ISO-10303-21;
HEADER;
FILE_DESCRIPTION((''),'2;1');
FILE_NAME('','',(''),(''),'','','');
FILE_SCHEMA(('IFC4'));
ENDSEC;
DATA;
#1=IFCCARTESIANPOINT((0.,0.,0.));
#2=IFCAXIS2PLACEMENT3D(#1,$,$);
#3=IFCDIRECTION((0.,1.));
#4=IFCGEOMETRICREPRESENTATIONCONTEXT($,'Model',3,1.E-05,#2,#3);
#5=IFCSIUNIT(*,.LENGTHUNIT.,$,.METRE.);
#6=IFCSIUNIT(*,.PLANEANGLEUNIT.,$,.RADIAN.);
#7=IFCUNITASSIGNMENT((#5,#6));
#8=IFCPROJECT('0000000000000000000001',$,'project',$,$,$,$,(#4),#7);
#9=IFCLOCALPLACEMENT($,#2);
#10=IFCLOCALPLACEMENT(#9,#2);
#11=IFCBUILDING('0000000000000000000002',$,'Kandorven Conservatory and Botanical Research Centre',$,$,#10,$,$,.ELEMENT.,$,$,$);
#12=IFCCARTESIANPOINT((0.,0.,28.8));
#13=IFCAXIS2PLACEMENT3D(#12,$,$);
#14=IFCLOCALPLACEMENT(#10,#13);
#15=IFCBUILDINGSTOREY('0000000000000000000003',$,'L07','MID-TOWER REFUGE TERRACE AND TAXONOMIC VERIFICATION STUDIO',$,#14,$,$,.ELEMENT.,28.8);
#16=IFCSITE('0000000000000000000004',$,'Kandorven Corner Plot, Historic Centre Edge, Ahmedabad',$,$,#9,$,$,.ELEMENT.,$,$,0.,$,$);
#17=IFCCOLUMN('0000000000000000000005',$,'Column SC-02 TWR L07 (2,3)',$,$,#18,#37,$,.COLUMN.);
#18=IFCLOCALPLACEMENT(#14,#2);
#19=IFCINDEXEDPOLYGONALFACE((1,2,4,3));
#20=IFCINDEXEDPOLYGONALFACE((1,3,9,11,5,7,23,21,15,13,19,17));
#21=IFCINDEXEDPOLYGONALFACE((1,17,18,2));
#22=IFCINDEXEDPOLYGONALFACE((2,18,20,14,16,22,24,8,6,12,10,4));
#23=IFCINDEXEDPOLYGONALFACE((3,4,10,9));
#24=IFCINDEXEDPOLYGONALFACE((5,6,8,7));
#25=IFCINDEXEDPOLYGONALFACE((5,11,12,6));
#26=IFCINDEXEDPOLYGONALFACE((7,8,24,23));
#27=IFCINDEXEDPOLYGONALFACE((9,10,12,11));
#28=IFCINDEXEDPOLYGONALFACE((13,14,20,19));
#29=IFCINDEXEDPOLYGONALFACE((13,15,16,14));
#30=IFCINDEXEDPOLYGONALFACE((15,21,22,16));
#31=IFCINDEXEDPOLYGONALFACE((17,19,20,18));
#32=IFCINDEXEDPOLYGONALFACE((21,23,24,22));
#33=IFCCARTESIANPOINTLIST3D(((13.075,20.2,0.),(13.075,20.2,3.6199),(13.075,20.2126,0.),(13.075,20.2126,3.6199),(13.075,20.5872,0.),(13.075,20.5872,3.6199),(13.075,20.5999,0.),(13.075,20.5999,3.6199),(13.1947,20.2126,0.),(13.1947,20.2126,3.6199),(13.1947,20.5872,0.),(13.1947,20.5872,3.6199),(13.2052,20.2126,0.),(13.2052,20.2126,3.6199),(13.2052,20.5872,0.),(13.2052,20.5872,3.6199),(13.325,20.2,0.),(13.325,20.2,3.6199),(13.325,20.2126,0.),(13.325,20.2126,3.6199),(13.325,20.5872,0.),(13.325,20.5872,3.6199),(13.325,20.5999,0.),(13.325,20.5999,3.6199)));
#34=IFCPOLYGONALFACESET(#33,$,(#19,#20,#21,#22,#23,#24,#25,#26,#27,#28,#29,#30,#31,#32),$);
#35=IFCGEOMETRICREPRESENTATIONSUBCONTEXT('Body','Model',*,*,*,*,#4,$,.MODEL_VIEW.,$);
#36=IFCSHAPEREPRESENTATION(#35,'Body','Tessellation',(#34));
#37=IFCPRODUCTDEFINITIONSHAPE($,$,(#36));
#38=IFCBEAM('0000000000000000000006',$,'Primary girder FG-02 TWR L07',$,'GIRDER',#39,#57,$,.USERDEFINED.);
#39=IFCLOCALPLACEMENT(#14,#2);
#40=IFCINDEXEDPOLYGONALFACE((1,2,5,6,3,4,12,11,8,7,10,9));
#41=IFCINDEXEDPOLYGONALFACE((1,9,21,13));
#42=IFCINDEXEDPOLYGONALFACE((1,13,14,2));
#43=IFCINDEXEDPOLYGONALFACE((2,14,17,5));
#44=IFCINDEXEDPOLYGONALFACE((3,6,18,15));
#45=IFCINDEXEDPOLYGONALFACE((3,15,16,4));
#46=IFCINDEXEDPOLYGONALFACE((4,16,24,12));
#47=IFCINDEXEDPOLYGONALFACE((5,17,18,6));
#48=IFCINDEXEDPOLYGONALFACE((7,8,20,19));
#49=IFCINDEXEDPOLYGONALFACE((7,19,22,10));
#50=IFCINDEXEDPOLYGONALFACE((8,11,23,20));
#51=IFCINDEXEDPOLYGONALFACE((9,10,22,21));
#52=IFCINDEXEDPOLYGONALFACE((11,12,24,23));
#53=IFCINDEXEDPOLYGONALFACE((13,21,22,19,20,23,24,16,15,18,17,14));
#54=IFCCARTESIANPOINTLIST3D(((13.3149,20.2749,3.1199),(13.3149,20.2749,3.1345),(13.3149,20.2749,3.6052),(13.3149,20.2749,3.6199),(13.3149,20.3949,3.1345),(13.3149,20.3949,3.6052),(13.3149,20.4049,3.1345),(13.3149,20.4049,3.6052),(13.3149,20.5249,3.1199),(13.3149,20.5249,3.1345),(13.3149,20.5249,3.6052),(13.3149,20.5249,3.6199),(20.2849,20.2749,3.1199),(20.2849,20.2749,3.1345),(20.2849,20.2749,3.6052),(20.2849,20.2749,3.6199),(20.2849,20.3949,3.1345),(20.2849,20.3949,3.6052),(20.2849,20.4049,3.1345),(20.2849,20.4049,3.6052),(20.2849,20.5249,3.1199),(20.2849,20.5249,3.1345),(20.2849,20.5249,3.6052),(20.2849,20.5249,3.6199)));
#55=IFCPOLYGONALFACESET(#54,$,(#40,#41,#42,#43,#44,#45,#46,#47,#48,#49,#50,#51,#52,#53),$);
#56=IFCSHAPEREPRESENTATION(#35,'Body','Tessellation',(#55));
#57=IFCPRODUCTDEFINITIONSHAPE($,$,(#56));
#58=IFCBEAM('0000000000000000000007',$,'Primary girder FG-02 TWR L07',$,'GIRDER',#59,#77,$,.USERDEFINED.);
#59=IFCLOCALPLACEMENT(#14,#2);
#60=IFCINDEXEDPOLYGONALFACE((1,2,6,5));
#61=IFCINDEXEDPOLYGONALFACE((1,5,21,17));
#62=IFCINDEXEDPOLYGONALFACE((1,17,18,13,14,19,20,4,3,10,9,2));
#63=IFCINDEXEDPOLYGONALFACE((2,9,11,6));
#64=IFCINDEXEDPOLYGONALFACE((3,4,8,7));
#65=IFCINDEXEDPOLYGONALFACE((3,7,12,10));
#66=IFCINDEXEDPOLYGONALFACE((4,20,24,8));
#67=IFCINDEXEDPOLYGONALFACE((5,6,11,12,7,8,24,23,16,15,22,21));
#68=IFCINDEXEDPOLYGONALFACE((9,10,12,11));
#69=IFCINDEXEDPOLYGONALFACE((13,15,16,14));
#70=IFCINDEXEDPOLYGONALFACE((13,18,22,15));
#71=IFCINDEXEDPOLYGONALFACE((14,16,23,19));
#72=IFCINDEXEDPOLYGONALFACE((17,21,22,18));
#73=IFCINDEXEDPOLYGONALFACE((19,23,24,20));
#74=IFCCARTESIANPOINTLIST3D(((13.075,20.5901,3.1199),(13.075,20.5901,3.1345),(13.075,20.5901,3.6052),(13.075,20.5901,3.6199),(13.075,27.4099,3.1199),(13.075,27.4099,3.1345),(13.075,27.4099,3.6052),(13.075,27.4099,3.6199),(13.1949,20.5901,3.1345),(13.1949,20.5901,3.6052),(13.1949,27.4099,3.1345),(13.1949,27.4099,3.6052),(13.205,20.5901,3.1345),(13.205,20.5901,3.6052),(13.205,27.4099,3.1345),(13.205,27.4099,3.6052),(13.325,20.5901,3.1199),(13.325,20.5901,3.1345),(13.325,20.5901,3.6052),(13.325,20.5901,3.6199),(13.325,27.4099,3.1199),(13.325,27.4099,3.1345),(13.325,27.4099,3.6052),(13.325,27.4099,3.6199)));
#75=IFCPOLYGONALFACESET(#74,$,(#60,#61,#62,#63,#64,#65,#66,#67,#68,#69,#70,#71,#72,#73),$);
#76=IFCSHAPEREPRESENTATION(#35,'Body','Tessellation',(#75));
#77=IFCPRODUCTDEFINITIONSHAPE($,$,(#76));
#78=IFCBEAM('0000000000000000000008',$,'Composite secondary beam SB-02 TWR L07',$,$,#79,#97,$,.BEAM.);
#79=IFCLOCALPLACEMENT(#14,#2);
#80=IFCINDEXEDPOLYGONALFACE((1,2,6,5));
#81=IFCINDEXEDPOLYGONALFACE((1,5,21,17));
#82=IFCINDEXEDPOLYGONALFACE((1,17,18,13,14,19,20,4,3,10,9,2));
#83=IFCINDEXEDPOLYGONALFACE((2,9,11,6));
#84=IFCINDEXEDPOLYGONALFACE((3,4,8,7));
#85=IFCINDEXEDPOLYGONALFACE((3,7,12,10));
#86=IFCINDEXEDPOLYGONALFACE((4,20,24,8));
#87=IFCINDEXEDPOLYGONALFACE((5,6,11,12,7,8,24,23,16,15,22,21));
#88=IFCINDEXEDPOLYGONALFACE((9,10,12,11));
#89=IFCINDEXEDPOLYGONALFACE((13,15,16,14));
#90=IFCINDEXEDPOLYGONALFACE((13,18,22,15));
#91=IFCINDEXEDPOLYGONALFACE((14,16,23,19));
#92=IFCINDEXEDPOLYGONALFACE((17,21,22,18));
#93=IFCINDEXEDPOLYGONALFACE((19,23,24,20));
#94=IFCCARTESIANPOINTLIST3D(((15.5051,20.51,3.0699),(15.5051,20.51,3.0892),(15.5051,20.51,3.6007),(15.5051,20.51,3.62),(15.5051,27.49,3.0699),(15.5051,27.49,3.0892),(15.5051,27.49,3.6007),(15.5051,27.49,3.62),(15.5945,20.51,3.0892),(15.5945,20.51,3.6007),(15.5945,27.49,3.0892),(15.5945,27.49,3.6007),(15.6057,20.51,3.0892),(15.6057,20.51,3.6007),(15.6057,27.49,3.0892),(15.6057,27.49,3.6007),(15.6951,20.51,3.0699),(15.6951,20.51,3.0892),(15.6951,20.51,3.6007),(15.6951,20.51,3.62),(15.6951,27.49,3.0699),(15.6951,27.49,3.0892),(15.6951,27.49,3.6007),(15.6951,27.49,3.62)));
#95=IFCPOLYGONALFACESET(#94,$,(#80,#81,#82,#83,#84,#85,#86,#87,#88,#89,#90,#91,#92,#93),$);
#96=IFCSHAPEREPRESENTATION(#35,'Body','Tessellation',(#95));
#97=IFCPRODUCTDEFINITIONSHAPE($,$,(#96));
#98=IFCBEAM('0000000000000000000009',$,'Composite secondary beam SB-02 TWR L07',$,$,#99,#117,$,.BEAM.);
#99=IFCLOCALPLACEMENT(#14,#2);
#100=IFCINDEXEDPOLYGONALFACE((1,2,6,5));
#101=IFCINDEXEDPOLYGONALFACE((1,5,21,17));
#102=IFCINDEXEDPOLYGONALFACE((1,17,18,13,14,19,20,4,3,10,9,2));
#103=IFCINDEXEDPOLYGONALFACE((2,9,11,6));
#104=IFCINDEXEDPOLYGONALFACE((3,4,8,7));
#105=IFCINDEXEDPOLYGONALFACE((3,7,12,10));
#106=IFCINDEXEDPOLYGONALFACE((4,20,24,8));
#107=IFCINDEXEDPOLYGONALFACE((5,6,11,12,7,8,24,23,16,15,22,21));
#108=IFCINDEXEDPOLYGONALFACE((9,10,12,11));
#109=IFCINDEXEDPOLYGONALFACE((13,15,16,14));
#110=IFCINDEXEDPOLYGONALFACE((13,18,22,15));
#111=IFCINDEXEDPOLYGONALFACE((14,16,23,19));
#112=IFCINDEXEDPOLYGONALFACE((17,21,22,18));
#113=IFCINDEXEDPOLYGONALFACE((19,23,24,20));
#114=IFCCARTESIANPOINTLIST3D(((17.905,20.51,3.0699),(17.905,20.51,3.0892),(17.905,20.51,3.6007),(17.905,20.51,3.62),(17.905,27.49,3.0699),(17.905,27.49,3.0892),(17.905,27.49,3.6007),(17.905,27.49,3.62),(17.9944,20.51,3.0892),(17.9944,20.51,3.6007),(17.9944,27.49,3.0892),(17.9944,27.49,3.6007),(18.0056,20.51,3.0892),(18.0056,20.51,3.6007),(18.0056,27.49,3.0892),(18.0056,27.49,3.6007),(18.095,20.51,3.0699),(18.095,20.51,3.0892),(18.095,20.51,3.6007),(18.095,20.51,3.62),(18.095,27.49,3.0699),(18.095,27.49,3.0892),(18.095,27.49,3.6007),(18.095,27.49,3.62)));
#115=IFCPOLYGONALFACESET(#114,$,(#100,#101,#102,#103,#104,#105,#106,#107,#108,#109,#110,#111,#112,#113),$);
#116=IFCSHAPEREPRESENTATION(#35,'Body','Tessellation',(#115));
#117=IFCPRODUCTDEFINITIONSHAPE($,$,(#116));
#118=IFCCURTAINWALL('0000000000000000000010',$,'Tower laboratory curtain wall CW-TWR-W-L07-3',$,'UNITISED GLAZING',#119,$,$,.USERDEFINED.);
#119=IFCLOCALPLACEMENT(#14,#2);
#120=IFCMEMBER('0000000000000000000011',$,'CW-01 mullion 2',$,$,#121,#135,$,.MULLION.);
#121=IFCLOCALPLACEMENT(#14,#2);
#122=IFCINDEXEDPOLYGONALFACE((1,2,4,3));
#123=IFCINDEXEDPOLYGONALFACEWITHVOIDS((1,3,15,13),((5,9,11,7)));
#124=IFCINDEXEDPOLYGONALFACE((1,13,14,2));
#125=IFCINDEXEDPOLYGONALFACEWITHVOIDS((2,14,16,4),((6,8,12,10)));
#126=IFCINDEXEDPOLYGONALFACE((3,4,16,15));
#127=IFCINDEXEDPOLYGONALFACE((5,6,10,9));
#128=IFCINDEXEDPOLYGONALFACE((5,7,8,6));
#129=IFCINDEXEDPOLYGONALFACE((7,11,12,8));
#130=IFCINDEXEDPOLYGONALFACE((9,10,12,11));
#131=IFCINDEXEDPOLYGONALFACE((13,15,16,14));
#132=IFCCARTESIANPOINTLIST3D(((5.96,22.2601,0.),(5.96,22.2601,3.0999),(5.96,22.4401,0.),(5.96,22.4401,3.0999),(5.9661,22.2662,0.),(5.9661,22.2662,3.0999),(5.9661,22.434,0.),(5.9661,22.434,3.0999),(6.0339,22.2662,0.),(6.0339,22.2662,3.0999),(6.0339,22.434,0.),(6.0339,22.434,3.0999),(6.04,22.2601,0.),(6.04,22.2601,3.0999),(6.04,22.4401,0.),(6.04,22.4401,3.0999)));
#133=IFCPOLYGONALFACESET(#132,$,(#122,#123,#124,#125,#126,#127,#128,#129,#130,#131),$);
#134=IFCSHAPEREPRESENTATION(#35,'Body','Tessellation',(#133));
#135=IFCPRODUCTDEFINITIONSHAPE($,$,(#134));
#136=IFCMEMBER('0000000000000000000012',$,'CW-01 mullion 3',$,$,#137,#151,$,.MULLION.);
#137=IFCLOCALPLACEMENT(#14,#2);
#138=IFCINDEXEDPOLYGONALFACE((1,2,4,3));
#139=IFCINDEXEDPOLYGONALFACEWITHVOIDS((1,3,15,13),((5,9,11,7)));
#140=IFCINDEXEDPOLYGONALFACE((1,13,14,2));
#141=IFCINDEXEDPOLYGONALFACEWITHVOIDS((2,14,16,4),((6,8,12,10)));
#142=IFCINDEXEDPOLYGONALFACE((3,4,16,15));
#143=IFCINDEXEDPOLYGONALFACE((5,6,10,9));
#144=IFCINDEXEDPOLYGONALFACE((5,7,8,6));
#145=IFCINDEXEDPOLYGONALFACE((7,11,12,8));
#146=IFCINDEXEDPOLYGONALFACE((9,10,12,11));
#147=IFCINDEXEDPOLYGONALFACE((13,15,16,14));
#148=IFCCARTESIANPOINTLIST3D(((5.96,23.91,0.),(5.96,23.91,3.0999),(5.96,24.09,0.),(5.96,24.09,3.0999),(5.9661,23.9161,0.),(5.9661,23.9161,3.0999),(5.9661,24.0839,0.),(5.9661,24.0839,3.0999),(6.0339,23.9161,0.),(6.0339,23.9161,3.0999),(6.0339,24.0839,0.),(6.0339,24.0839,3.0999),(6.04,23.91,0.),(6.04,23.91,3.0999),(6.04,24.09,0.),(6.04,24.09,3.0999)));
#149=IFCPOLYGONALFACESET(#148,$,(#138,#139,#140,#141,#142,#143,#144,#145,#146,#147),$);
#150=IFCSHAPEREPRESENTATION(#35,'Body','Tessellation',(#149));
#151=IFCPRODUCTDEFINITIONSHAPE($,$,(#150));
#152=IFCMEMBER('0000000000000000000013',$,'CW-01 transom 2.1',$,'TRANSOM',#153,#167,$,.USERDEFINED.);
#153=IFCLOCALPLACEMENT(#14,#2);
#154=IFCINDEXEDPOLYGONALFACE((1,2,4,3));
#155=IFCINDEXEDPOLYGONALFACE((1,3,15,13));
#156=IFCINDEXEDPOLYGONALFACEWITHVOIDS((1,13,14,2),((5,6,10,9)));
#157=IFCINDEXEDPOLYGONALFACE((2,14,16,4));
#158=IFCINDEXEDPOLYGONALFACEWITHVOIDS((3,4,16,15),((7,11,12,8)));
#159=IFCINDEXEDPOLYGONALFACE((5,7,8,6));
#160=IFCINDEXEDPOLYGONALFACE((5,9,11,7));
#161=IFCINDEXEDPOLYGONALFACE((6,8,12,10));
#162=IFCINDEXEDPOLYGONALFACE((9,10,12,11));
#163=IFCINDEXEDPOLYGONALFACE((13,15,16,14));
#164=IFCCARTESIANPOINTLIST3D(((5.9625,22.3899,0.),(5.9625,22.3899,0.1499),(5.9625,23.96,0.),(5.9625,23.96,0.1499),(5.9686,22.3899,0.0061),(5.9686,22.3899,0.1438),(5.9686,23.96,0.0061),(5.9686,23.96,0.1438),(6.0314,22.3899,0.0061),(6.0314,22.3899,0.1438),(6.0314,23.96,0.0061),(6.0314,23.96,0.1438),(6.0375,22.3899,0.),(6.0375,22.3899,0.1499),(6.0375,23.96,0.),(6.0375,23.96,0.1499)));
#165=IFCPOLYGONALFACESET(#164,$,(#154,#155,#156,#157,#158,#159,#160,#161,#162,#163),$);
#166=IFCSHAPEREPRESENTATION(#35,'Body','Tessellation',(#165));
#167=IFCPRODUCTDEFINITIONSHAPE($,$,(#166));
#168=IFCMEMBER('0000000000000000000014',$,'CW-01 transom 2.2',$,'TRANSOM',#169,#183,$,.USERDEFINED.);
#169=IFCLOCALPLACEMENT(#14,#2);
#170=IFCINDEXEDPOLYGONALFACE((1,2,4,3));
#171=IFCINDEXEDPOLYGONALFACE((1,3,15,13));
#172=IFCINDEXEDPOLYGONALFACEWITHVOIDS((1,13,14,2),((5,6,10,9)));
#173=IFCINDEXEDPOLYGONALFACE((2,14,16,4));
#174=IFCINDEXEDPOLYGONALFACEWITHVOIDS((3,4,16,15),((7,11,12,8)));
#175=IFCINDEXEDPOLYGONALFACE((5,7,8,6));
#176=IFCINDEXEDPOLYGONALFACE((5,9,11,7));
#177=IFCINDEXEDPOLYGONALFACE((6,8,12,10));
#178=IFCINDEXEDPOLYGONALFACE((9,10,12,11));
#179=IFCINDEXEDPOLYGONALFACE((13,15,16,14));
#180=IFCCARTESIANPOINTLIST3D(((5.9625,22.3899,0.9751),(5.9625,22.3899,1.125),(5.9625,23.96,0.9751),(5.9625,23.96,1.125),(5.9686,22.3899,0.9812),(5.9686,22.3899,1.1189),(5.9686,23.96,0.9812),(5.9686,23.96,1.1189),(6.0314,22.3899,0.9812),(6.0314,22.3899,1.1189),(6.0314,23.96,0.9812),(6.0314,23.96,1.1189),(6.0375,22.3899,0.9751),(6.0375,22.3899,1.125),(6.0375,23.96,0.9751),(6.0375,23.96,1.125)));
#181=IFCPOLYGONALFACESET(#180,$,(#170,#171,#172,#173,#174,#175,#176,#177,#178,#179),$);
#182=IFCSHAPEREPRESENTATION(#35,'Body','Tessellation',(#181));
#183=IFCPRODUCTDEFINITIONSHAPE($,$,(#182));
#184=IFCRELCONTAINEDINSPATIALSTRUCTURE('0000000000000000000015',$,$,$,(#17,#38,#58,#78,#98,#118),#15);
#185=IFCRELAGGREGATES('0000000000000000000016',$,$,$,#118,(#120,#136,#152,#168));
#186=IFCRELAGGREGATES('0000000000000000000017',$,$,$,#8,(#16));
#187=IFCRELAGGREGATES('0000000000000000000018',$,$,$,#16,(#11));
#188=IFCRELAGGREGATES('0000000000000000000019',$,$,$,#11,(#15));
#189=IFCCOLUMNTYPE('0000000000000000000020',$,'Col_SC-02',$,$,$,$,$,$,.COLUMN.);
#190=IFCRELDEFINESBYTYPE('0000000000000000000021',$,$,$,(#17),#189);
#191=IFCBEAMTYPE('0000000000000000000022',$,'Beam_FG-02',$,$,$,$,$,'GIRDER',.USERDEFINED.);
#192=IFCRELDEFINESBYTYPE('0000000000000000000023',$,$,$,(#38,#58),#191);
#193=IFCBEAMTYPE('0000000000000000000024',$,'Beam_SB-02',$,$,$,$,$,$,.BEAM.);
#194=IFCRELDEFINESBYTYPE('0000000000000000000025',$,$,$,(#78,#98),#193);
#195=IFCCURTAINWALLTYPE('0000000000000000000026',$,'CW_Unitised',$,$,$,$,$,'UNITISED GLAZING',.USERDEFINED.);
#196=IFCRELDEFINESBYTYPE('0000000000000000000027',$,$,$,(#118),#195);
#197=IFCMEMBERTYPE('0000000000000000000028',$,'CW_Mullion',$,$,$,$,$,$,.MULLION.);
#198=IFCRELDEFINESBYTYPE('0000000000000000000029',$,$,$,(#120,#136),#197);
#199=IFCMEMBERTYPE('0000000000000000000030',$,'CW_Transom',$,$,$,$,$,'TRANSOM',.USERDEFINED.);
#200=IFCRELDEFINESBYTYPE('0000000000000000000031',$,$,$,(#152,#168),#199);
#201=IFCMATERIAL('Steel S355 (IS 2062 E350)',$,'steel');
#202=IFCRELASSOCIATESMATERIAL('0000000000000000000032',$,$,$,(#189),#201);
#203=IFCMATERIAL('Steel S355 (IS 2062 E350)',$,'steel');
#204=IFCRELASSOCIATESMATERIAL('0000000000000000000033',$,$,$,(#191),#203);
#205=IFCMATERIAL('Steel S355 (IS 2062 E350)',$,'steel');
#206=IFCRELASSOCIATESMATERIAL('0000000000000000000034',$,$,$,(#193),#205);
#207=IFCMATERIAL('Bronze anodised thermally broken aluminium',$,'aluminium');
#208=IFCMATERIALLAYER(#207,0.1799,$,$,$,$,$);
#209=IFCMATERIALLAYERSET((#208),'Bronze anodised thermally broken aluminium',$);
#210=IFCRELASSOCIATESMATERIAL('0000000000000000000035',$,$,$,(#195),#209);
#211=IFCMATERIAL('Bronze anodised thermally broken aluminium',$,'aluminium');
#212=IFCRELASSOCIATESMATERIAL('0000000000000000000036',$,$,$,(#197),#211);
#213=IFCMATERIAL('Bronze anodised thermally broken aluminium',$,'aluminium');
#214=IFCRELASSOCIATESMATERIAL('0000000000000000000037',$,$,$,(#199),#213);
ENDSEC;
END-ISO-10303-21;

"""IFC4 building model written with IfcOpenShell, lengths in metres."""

from ifc_helpers import new_model, si_unit, direction, frame, origin, origin_2d, place, context, subcontext, project, spatial, hollow_rectangle, i_section, extrude, material, layer, layer_set, material_profile, profile_set, type_object, element, aggregate, save


model = new_model("IFC4")

# Units and contexts
model_context = context("Model", 3, precision=1e-05, world=origin(), true_north=direction((0.0, 1.0)))
body_context = subcontext(model_context, "Body", "Model", "MODEL_VIEW")
ifc_project = project(units=[si_unit("LENGTHUNIT", "METRE"), si_unit("PLANEANGLEUNIT", "RADIAN")], contexts=[model_context])

# Site, building, storey
site_placement = place(None, origin())
site = spatial("IfcSite", under=ifc_project, at=site_placement, Name="Kandorven Corner Plot, Historic Centre Edge, Ahmedabad", CompositionType="ELEMENT", RefElevation=0.0)
building_placement = place(site_placement, origin())
building = spatial("IfcBuilding", under=site, at=building_placement, Name="Kandorven Conservatory and Botanical Research Centre", CompositionType="ELEMENT")
storey_placement = place(building_placement, frame((0.0, 0.0, 28.8)))
storey = spatial("IfcBuildingStorey", under=building, at=storey_placement, Name="L07", Description="MID-TOWER REFUGE TERRACE AND TAXONOMIC VERIFICATION STUDIO", CompositionType="ELEMENT", Elevation=28.8)

# Column
ifc_material_1 = material(Name="Steel S355 (IS 2062 E350)", Category="steel")
ifc_material_profile_1 = material_profile(ifc_material_1, i_section(OverallWidth=0.25, OverallDepth=0.3999, WebThickness=0.0105, FlangeThickness=0.0127, at=origin_2d()))
ifc_profile_set_1 = profile_set([ifc_material_profile_1], Name="Steel S355 (IS 2062 E350)")
column_type = type_object("IfcColumnType", Name="Col_SC-02", PredefinedType="COLUMN", material=ifc_profile_set_1)
column_placement = place(storey_placement, frame((13.2, 20.3999, 0.0), z_axis=(0.0, 0.0, 1.0), x_axis=(1.0, 0.0, 0.0)))
element("IfcColumn", 1, at=column_placement, inside=storey, type_object=column_type, Name="Column SC-02 TWR L07 (2,3)", PredefinedType="COLUMN", context=body_context, shape_type="SweptSolid", body=[
    extrude(i_section(OverallWidth=0.25, OverallDepth=0.3999, WebThickness=0.0105, FlangeThickness=0.0127, at=origin_2d()), origin(), (0.0, 0.0, 1.0), 3.6199),
])

# Beams
ifc_material_2 = material(Name="Steel S355 (IS 2062 E350)", Category="steel")
ifc_material_profile_2 = material_profile(ifc_material_2, i_section(OverallWidth=0.25, OverallDepth=0.5, WebThickness=0.01, FlangeThickness=0.0146, at=origin_2d()))
ifc_profile_set_2 = profile_set([ifc_material_profile_2], Name="Steel S355 (IS 2062 E350)")
beam_type_1 = type_object("IfcBeamType", Name="Beam_FG-02", ElementType="GIRDER", PredefinedType="USERDEFINED", material=ifc_profile_set_2)
beam_1_placement = place(storey_placement, frame((13.3149, 20.3999, 3.3699), z_axis=(1.0, 0.0, 0.0), x_axis=(0.0, 1.0, 0.0)))
element("IfcBeam", 2, at=beam_1_placement, inside=storey, type_object=beam_type_1, Name="Primary girder FG-02 TWR L07", ObjectType="GIRDER", PredefinedType="USERDEFINED", context=body_context, shape_type="SweptSolid", body=[
    extrude(i_section(OverallWidth=0.25, OverallDepth=0.5, WebThickness=0.01, FlangeThickness=0.0146, at=origin_2d()), origin(), (0.0, 0.0, 1.0), 6.97),
])
beam_2_placement = place(storey_placement, frame((13.2, 20.5901, 3.3699), z_axis=(0.0, 1.0, 0.0), x_axis=(-1.0, 0.0, 0.0)))
element("IfcBeam", 3, at=beam_2_placement, inside=storey, type_object=beam_type_1, Name="Primary girder FG-02 TWR L07", ObjectType="GIRDER", PredefinedType="USERDEFINED", context=body_context, shape_type="SweptSolid", body=[
    extrude(i_section(OverallWidth=0.25, OverallDepth=0.5, WebThickness=0.01, FlangeThickness=0.0146, at=origin_2d()), origin(), (0.0, 0.0, 1.0), 6.8198),
])
ifc_material_3 = material(Name="Steel S355 (IS 2062 E350)", Category="steel")
ifc_material_profile_3 = material_profile(ifc_material_3, i_section(OverallWidth=0.1899, OverallDepth=0.55, WebThickness=0.0112, FlangeThickness=0.0193, at=origin_2d()))
ifc_profile_set_3 = profile_set([ifc_material_profile_3], Name="Steel S355 (IS 2062 E350)")
beam_type_2 = type_object("IfcBeamType", Name="Beam_SB-02", PredefinedType="BEAM", material=ifc_profile_set_3)
for number, where, z_axis, x_axis, name in (
    (4, (15.6001, 20.51, 3.345), (0.0, 1.0, 0.0), (-1.0, 0.0, 0.0), "Composite secondary beam SB-02 TWR L07"),
    (5, (18.0, 20.51, 3.345), (0.0, 1.0, 0.0), (-1.0, 0.0, 0.0), "Composite secondary beam SB-02 TWR L07"),
):
    element("IfcBeam", number, at=place(storey_placement, frame(where, z_axis=z_axis, x_axis=x_axis)), inside=storey, type_object=beam_type_2, Name=name, PredefinedType="BEAM", context=body_context, shape_type="SweptSolid", body=[
        extrude(i_section(OverallWidth=0.1899, OverallDepth=0.55, WebThickness=0.0112, FlangeThickness=0.0193, at=origin_2d()), origin(), (0.0, 0.0, 1.0), 6.98),
    ])

# Curtain wall, members
ifc_material_4 = material(Name="Bronze anodised thermally broken aluminium", Category="aluminium")
ifc_layer_1 = layer(ifc_material_4, 0.1799)
ifc_layer_set_1 = layer_set([ifc_layer_1], Name="Bronze anodised thermally broken aluminium")
curtain_wall_type = type_object("IfcCurtainWallType", Name="CW_Unitised", ElementType="UNITISED GLAZING", PredefinedType="USERDEFINED", material=ifc_layer_set_1)
curtain_wall_placement = place(storey_placement, origin())
curtain_wall = element("IfcCurtainWall", 6, at=curtain_wall_placement, inside=storey, type_object=curtain_wall_type, Name="Tower laboratory curtain wall CW-TWR-W-L07-3", ObjectType="UNITISED GLAZING", PredefinedType="USERDEFINED")
ifc_material_5 = material(Name="Bronze anodised thermally broken aluminium", Category="aluminium")
ifc_material_profile_4 = material_profile(ifc_material_5, hollow_rectangle(XDim=0.0801, YDim=0.1799, WallThickness=0.0061, at=origin_2d()))
ifc_profile_set_4 = profile_set([ifc_material_profile_4], Name="Bronze anodised thermally broken aluminium")
member_type_1 = type_object("IfcMemberType", Name="CW_Mullion", PredefinedType="MULLION", material=ifc_profile_set_4)
member_1_placement = place(storey_placement, frame((6.0, 22.3501, 0.0), z_axis=(0.0, 0.0, 1.0), x_axis=(-1.0, 0.0, 0.0)))
member_1 = element("IfcMember", 7, at=member_1_placement, type_object=member_type_1, Name="CW-01 mullion 2", PredefinedType="MULLION", context=body_context, shape_type="SweptSolid", body=[
    extrude(hollow_rectangle(XDim=0.0801, YDim=0.1799, WallThickness=0.0061, at=origin_2d()), origin(), (0.0, 0.0, 1.0), 3.0999),
])
member_2_placement = place(storey_placement, frame((6.0, 24.0, 0.0), z_axis=(0.0, 0.0, 1.0), x_axis=(-1.0, 0.0, 0.0)))
member_2 = element("IfcMember", 8, at=member_2_placement, type_object=member_type_1, Name="CW-01 mullion 3", PredefinedType="MULLION", context=body_context, shape_type="SweptSolid", body=[
    extrude(hollow_rectangle(XDim=0.0801, YDim=0.1799, WallThickness=0.0061, at=origin_2d()), origin(), (0.0, 0.0, 1.0), 3.0999),
])
ifc_material_6 = material(Name="Bronze anodised thermally broken aluminium", Category="aluminium")
ifc_material_profile_5 = material_profile(ifc_material_6, hollow_rectangle(XDim=0.075, YDim=0.1499, WallThickness=0.0061, at=origin_2d()))
ifc_profile_set_5 = profile_set([ifc_material_profile_5], Name="Bronze anodised thermally broken aluminium")
member_type_2 = type_object("IfcMemberType", Name="CW_Transom", ElementType="TRANSOM", PredefinedType="USERDEFINED", material=ifc_profile_set_5)
member_3_placement = place(storey_placement, frame((6.0, 22.3899, 0.075), z_axis=(0.0, 1.0, 0.0), x_axis=(-1.0, 0.0, 0.0)))
member_3 = element("IfcMember", 9, at=member_3_placement, type_object=member_type_2, Name="CW-01 transom 2.1", ObjectType="TRANSOM", PredefinedType="USERDEFINED", context=body_context, shape_type="SweptSolid", body=[
    extrude(hollow_rectangle(XDim=0.075, YDim=0.1499, WallThickness=0.0061, at=origin_2d()), origin(), (0.0, 0.0, 1.0), 1.5701),
])
member_4_placement = place(storey_placement, frame((6.0, 22.3899, 1.05), z_axis=(0.0, 1.0, 0.0), x_axis=(-1.0, 0.0, 0.0)))
member_4 = element("IfcMember", 10, at=member_4_placement, type_object=member_type_2, Name="CW-01 transom 2.2", ObjectType="TRANSOM", PredefinedType="USERDEFINED", context=body_context, shape_type="SweptSolid", body=[
    extrude(hollow_rectangle(XDim=0.075, YDim=0.1499, WallThickness=0.0061, at=origin_2d()), origin(), (0.0, 0.0, 1.0), 1.5701),
])
aggregate(curtain_wall, [member_1, member_2, member_3, member_4])

save(model, "model.ifc")
